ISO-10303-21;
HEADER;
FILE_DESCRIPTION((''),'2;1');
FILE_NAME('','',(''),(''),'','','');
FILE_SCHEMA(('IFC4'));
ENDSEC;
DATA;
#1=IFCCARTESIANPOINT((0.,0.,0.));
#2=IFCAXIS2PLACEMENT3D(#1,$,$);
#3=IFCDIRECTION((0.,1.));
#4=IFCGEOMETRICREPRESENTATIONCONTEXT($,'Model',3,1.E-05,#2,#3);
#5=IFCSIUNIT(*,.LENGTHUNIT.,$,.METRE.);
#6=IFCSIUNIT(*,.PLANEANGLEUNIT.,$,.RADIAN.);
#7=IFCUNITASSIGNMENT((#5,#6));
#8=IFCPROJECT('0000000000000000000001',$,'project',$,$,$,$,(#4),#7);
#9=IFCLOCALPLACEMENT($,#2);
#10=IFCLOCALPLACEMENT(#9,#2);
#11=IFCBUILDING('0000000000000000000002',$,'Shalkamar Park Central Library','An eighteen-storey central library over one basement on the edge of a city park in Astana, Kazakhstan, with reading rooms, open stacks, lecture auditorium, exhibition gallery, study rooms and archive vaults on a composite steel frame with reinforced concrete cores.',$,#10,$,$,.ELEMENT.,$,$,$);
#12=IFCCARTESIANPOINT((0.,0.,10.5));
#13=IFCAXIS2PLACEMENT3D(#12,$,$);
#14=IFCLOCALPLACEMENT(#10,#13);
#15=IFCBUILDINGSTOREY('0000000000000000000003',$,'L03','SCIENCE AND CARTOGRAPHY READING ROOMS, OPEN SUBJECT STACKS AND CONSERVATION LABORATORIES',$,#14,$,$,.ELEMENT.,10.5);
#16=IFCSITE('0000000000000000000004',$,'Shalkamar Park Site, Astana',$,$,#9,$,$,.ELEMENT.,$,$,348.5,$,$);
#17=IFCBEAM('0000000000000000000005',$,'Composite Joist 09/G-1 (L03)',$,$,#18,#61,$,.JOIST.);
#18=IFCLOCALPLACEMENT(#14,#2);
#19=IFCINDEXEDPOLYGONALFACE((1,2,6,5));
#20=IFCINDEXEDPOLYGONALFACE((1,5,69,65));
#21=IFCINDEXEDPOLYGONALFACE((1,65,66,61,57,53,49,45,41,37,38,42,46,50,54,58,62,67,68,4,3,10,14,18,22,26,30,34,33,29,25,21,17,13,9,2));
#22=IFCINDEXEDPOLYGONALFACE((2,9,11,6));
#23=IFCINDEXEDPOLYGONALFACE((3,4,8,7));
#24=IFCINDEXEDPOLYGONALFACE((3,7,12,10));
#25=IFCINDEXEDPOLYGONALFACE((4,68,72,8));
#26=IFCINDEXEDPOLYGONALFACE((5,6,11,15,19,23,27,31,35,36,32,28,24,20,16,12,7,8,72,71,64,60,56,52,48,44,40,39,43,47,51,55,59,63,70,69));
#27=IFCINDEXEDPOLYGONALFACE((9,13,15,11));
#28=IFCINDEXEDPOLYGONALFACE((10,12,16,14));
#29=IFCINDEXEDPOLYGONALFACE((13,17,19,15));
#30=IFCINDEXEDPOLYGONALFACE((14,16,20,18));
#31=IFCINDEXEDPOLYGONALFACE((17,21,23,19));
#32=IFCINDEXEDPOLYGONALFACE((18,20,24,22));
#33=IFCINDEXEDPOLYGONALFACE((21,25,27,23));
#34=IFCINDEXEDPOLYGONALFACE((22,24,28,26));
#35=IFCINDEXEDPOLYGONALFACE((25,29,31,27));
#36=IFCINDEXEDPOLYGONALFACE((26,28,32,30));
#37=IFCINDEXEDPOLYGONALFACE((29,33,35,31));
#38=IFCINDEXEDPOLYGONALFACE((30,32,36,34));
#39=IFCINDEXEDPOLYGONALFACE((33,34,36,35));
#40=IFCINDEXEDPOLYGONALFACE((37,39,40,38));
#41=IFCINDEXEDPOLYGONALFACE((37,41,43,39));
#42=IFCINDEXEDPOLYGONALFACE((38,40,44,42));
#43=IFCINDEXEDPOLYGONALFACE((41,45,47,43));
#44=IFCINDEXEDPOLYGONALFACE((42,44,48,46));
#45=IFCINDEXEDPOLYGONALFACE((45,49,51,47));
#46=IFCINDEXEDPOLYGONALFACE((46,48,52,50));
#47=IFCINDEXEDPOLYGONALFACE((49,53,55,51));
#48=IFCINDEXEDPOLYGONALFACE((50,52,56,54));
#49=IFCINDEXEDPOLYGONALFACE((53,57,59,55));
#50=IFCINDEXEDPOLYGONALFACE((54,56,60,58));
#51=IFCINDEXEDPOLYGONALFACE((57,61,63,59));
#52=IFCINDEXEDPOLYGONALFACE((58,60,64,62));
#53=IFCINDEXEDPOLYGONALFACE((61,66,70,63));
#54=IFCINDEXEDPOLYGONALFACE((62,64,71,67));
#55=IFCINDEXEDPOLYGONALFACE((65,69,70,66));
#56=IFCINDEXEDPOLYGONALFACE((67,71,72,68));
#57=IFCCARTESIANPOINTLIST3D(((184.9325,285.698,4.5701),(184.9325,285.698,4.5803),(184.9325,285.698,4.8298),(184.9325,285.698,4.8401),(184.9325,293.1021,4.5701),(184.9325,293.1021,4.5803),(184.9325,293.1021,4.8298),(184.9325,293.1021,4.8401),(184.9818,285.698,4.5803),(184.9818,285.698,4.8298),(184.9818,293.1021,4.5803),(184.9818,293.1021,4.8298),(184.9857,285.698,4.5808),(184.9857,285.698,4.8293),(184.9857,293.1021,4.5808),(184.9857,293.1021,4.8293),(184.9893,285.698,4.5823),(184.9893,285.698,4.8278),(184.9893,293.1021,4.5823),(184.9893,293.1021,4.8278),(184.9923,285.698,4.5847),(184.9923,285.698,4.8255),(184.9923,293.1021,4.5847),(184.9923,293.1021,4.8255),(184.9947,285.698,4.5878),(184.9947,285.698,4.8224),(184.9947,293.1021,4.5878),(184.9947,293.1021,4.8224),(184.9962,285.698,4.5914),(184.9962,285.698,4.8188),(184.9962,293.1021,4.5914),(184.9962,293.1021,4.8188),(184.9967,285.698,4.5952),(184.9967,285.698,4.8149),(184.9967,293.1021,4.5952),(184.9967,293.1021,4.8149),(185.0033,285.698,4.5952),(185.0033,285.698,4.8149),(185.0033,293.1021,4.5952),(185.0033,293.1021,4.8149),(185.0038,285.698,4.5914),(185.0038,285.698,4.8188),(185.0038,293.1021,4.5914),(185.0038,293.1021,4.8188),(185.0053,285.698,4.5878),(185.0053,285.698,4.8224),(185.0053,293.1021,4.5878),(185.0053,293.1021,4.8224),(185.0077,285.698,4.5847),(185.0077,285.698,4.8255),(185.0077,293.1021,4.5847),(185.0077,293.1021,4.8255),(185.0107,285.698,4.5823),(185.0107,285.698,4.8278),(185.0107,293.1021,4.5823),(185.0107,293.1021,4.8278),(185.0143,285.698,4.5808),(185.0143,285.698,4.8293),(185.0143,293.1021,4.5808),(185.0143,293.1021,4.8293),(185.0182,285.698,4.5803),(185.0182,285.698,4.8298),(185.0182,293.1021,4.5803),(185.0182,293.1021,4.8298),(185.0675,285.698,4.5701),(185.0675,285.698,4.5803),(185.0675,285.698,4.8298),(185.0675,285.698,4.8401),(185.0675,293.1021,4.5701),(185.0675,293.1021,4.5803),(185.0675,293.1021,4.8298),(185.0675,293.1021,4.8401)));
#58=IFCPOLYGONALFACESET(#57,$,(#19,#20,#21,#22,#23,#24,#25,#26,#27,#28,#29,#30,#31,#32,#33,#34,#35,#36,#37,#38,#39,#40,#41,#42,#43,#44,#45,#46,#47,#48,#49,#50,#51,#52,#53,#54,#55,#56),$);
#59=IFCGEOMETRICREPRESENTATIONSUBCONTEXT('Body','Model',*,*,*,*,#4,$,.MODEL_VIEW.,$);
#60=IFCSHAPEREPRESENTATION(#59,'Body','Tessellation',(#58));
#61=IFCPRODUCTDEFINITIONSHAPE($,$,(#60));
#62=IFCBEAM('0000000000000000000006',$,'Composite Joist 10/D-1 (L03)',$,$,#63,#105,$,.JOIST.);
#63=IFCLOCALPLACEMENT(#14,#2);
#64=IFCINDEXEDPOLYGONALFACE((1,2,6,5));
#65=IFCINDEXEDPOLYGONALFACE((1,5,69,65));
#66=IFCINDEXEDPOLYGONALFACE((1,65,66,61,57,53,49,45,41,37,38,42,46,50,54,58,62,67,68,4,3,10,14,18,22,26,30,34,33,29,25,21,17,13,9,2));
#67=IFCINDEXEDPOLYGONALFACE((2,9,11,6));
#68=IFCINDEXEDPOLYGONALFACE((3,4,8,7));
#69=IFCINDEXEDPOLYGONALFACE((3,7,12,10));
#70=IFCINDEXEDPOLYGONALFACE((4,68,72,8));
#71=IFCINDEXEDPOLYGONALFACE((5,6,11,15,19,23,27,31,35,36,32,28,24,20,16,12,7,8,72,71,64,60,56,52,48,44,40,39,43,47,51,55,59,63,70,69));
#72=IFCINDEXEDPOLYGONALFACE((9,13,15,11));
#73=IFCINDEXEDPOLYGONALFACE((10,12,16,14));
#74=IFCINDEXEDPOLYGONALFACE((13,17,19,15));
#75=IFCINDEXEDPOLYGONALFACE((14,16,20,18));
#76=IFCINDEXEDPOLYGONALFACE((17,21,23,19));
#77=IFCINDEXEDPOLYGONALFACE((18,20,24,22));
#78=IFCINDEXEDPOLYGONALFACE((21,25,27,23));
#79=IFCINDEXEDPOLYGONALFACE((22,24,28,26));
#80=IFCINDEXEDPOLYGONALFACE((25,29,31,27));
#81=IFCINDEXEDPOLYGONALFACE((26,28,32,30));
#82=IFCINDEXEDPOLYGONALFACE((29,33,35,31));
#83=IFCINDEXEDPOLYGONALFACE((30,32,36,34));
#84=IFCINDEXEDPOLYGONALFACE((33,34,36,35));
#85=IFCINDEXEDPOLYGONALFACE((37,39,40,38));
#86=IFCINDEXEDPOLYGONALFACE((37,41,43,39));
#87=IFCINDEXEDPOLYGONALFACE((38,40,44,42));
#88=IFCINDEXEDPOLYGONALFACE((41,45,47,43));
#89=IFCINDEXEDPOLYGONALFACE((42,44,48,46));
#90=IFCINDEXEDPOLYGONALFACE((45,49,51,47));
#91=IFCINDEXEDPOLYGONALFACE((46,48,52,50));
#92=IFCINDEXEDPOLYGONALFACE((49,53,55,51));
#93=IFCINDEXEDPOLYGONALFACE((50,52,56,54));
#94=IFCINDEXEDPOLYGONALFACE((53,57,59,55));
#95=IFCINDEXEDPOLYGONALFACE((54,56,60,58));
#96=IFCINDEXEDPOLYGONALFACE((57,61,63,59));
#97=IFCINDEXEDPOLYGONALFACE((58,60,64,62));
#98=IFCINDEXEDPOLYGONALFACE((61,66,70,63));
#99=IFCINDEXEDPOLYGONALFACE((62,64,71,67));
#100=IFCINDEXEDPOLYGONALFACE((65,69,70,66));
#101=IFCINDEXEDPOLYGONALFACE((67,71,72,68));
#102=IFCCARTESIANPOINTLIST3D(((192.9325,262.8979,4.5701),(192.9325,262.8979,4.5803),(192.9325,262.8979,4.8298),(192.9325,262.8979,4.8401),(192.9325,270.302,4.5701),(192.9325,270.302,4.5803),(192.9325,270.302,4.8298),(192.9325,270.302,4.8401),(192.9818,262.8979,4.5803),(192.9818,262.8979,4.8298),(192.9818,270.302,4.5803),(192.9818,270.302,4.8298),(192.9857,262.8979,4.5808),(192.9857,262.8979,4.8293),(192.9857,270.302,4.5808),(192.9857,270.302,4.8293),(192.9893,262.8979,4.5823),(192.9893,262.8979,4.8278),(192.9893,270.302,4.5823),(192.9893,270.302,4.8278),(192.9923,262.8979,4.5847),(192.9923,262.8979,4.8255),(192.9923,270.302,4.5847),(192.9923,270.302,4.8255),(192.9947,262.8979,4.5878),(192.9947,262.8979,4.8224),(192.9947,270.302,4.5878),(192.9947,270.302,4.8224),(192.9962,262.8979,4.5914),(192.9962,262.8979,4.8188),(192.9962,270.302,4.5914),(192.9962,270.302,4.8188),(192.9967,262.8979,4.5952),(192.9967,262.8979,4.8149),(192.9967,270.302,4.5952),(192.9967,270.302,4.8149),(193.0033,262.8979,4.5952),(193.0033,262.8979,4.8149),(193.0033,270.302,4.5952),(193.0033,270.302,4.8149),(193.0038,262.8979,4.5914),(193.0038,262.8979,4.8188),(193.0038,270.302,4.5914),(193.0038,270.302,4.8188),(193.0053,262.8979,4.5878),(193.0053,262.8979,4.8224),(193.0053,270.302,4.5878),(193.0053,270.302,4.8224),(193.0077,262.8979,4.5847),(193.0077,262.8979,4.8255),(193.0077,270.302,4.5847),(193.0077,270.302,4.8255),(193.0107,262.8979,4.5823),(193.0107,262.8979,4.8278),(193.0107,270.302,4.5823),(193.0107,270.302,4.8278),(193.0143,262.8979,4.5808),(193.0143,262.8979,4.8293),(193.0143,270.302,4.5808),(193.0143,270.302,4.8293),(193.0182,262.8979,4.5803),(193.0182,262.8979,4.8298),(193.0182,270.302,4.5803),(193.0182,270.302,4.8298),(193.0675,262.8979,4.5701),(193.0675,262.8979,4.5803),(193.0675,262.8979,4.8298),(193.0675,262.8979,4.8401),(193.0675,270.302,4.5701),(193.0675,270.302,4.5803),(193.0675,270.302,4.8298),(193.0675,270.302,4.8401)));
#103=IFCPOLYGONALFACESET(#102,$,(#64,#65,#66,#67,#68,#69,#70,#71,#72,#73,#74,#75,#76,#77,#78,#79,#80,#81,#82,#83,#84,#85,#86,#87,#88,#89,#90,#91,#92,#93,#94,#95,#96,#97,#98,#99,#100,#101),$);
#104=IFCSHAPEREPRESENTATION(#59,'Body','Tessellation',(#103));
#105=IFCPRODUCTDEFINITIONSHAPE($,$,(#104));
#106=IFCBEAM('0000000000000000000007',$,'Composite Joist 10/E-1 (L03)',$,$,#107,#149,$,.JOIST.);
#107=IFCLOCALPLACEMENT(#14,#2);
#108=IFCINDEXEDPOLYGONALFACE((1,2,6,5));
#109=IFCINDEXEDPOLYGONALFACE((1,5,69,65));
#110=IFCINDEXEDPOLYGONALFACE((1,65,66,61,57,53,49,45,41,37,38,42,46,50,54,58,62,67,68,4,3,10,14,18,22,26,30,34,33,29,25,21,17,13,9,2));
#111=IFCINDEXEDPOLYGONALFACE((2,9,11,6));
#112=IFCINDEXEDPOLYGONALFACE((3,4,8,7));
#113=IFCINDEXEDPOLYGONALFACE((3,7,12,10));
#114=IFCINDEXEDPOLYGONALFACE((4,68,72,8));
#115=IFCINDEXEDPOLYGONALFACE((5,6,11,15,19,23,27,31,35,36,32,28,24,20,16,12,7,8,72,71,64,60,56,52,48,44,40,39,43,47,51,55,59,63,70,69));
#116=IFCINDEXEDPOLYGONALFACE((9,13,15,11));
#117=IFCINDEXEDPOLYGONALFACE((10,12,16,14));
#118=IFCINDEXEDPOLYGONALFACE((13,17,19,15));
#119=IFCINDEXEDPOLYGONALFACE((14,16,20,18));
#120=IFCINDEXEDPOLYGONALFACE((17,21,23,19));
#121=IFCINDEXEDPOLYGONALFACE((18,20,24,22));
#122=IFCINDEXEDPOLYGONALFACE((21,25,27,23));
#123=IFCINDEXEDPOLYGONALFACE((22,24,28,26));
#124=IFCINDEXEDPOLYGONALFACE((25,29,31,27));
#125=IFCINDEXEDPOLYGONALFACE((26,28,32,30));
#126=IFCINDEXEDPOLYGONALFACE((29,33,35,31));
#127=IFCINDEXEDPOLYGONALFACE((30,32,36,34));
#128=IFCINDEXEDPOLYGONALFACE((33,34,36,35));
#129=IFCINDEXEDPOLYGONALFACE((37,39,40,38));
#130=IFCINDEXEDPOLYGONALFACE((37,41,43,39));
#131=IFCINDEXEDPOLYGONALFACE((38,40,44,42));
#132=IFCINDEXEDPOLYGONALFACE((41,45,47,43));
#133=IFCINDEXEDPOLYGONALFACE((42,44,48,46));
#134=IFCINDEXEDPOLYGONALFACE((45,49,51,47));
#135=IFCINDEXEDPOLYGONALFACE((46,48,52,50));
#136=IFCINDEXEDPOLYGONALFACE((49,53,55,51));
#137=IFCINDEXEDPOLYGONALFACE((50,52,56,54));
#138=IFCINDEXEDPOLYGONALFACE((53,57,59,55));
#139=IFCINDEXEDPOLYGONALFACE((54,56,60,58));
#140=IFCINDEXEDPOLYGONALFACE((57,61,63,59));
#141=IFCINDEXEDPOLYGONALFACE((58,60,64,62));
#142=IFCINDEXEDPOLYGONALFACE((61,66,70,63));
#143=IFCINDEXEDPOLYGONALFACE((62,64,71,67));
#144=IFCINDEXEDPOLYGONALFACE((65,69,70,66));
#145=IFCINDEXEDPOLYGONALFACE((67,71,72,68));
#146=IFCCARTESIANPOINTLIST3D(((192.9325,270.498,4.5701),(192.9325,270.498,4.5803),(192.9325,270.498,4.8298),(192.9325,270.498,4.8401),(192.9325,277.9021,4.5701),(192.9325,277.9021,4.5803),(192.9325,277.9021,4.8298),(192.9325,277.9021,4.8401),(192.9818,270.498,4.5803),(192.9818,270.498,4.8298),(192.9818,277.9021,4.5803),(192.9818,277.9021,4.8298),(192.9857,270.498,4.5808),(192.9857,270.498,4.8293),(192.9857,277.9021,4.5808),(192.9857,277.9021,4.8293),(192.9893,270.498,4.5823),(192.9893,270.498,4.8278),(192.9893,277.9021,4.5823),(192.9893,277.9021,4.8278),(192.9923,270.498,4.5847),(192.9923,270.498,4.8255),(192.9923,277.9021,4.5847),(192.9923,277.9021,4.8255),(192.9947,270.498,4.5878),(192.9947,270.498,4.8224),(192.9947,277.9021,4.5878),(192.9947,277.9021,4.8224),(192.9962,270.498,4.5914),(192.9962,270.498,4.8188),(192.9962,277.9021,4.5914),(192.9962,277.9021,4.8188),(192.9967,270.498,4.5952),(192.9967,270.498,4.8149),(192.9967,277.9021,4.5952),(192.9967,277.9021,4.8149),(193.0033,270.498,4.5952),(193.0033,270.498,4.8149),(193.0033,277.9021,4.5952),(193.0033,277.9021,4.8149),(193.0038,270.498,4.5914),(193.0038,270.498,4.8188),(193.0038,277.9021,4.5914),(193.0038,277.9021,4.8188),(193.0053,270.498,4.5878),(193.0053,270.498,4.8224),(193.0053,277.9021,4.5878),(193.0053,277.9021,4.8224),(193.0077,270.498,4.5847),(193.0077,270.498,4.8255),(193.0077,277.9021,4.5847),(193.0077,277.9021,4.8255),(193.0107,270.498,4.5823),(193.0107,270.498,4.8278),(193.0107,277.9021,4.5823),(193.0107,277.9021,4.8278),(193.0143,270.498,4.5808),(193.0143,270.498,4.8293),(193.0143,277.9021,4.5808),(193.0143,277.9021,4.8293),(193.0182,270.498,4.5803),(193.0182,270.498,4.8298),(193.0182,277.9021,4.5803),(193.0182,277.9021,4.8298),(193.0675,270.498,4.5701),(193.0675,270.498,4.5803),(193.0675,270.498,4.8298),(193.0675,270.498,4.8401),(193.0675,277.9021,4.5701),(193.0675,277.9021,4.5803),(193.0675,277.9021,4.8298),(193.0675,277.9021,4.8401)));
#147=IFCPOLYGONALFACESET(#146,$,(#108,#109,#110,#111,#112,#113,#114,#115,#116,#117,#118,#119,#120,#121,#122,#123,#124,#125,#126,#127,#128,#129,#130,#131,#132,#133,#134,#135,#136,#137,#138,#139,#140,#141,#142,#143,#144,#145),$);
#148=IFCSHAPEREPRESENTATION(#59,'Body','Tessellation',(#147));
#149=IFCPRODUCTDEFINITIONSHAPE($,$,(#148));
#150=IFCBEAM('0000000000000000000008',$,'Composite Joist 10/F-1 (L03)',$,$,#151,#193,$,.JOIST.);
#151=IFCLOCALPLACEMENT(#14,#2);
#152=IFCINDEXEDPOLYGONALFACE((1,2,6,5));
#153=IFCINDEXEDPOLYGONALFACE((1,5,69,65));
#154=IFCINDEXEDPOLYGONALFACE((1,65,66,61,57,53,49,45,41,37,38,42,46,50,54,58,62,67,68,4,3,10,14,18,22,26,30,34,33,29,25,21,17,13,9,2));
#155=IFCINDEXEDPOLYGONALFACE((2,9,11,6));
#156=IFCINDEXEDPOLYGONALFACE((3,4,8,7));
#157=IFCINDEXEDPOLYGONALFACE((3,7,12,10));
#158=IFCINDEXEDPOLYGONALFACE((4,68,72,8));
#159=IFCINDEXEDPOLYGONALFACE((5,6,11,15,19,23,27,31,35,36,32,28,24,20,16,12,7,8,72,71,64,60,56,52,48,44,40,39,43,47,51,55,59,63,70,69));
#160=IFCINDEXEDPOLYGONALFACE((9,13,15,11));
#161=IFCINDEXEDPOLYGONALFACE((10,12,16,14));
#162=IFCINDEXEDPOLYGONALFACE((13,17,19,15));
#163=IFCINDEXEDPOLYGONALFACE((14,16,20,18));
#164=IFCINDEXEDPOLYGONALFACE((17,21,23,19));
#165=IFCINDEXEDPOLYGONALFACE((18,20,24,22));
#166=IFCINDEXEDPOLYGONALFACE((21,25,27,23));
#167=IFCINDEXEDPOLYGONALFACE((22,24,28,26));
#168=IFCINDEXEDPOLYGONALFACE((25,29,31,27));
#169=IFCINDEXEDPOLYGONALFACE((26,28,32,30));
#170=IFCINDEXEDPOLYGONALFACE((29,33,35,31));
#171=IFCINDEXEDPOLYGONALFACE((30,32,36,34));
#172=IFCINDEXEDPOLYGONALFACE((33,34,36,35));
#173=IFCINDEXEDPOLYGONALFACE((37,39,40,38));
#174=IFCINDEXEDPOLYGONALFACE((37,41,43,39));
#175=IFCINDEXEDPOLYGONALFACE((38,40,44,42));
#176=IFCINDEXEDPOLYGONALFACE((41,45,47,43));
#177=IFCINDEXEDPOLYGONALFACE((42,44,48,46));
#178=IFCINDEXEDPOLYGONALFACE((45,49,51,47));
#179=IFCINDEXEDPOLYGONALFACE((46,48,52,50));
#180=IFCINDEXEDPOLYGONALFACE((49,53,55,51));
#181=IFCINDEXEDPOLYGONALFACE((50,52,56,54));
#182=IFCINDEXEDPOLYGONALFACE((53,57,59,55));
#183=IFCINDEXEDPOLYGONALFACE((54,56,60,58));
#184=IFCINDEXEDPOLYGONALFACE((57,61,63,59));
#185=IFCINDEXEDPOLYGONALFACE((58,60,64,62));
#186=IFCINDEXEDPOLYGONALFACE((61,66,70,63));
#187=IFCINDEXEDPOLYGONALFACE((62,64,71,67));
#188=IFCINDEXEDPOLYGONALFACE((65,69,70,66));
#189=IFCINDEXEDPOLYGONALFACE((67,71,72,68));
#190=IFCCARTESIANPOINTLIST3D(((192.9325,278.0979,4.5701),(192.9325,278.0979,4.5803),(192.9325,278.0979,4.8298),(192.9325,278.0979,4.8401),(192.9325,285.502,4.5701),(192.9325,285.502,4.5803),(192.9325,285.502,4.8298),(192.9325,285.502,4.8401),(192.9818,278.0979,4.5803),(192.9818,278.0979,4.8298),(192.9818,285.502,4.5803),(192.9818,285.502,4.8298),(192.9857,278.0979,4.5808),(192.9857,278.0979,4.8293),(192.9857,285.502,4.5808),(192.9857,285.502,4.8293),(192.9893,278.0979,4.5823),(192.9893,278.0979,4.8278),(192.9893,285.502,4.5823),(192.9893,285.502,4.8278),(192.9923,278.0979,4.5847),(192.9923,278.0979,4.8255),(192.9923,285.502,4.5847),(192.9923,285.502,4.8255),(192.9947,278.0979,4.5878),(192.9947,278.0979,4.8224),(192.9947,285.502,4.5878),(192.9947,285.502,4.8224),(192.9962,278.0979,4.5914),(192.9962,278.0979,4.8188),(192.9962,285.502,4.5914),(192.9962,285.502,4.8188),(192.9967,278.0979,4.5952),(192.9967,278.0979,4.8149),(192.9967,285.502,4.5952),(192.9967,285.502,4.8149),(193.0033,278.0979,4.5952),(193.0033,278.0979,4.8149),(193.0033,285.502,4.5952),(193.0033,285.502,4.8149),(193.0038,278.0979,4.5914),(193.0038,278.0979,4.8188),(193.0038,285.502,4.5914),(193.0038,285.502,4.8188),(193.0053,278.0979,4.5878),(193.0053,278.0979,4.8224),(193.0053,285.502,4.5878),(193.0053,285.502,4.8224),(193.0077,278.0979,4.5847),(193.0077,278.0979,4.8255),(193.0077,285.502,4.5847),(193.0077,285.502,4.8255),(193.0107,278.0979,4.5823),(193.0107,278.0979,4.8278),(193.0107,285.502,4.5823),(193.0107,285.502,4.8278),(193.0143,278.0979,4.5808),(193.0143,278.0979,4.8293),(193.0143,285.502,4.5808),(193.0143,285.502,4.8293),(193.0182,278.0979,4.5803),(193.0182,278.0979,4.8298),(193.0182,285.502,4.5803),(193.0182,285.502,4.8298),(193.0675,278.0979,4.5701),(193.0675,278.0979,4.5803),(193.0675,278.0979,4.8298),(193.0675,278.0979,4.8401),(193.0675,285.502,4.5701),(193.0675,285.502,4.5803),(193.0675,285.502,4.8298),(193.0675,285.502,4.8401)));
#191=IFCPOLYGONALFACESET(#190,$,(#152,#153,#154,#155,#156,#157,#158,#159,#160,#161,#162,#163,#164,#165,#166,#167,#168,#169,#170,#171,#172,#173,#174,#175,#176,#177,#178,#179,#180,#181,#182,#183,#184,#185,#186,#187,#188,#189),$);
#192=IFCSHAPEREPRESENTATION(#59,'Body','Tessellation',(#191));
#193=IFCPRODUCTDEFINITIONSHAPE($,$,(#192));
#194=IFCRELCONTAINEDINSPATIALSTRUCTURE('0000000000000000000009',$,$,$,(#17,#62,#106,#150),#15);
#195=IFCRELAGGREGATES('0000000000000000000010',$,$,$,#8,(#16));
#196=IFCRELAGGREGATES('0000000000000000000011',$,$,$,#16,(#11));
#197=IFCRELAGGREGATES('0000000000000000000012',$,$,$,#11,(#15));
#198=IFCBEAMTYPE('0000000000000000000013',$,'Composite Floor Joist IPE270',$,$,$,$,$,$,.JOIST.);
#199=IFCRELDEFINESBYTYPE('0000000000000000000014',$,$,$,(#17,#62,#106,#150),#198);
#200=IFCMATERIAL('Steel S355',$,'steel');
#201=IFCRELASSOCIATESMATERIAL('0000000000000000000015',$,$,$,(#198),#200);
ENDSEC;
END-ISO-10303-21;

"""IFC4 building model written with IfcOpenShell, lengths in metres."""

from ifc_helpers import new_model, si_unit, direction, frame, origin, origin_2d, place, context, subcontext, project, spatial, i_section, extrude, material, material_profile, profile_set, type_object, element, save


model = new_model("IFC4")

# Units and contexts
model_context = context("Model", 3, precision=1e-05, world=origin(), true_north=direction((0.0, 1.0)))
body_context = subcontext(model_context, "Body", "Model", "MODEL_VIEW")
ifc_project = project(units=[si_unit("LENGTHUNIT", "METRE"), si_unit("PLANEANGLEUNIT", "RADIAN")], contexts=[model_context])

# Site, building, storey
site_placement = place(None, origin())
site = spatial("IfcSite", under=ifc_project, at=site_placement, Name="Shalkamar Park Site, Astana", CompositionType="ELEMENT", RefElevation=348.5)
building_placement = place(site_placement, origin())
building = spatial("IfcBuilding", under=site, at=building_placement, Name="Shalkamar Park Central Library", Description="An eighteen-storey central library over one basement on the edge of a city park in Astana, Kazakhstan, with reading rooms, open stacks, lecture auditorium, exhibition gallery, study rooms and archive vaults on a composite steel frame with reinforced concrete cores.", CompositionType="ELEMENT")
storey_placement = place(building_placement, frame((0.0, 0.0, 10.5)))
storey = spatial("IfcBuildingStorey", under=building, at=storey_placement, Name="L03", Description="SCIENCE AND CARTOGRAPHY READING ROOMS, OPEN SUBJECT STACKS AND CONSERVATION LABORATORIES", CompositionType="ELEMENT", Elevation=10.5)

# Shared definitions
ifc_material = material(Name="Steel S355", Category="steel")

# Beams
ifc_material_profile_1 = material_profile(ifc_material, i_section(OverallWidth=0.135, OverallDepth=0.27, WebThickness=0.0066, FlangeThickness=0.0103, FilletRadius=0.0149, at=origin_2d()), Name="IPE 270")
ifc_profile_set_1 = profile_set([ifc_material_profile_1], Name="Steel S355")
beam_type_1 = type_object("IfcBeamType", Name="Composite Floor Joist IPE270", PredefinedType="JOIST", material=ifc_profile_set_1)
for number, where, z_axis, x_axis, name in (
    (1, (185.0, 285.698, 4.7051), (0.0, 1.0, 0.0), (-1.0, 0.0, 0.0), "Composite Joist 09/G-1 (L03)"),
    (2, (193.0, 262.8979, 4.7051), (0.0, 1.0, 0.0), (-1.0, 0.0, 0.0), "Composite Joist 10/D-1 (L03)"),
    (3, (193.0, 270.498, 4.7051), (0.0, 1.0, 0.0), (-1.0, 0.0, 0.0), "Composite Joist 10/E-1 (L03)"),
    (4, (193.0, 278.0979, 4.7051), (0.0, 1.0, 0.0), (-1.0, 0.0, 0.0), "Composite Joist 10/F-1 (L03)"),
):
    element("IfcBeam", number, at=place(storey_placement, frame(where, z_axis=z_axis, x_axis=x_axis)), inside=storey, type_object=beam_type_1, Name=name, PredefinedType="JOIST", context=body_context, shape_type="SweptSolid", body=[
        extrude(i_section(OverallWidth=0.135, OverallDepth=0.27, WebThickness=0.0066, FlangeThickness=0.0103, FilletRadius=0.0149, at=origin_2d()), origin(), (0.0, 0.0, 1.0), 7.4041),
    ])

save(model, "model.ifc")
